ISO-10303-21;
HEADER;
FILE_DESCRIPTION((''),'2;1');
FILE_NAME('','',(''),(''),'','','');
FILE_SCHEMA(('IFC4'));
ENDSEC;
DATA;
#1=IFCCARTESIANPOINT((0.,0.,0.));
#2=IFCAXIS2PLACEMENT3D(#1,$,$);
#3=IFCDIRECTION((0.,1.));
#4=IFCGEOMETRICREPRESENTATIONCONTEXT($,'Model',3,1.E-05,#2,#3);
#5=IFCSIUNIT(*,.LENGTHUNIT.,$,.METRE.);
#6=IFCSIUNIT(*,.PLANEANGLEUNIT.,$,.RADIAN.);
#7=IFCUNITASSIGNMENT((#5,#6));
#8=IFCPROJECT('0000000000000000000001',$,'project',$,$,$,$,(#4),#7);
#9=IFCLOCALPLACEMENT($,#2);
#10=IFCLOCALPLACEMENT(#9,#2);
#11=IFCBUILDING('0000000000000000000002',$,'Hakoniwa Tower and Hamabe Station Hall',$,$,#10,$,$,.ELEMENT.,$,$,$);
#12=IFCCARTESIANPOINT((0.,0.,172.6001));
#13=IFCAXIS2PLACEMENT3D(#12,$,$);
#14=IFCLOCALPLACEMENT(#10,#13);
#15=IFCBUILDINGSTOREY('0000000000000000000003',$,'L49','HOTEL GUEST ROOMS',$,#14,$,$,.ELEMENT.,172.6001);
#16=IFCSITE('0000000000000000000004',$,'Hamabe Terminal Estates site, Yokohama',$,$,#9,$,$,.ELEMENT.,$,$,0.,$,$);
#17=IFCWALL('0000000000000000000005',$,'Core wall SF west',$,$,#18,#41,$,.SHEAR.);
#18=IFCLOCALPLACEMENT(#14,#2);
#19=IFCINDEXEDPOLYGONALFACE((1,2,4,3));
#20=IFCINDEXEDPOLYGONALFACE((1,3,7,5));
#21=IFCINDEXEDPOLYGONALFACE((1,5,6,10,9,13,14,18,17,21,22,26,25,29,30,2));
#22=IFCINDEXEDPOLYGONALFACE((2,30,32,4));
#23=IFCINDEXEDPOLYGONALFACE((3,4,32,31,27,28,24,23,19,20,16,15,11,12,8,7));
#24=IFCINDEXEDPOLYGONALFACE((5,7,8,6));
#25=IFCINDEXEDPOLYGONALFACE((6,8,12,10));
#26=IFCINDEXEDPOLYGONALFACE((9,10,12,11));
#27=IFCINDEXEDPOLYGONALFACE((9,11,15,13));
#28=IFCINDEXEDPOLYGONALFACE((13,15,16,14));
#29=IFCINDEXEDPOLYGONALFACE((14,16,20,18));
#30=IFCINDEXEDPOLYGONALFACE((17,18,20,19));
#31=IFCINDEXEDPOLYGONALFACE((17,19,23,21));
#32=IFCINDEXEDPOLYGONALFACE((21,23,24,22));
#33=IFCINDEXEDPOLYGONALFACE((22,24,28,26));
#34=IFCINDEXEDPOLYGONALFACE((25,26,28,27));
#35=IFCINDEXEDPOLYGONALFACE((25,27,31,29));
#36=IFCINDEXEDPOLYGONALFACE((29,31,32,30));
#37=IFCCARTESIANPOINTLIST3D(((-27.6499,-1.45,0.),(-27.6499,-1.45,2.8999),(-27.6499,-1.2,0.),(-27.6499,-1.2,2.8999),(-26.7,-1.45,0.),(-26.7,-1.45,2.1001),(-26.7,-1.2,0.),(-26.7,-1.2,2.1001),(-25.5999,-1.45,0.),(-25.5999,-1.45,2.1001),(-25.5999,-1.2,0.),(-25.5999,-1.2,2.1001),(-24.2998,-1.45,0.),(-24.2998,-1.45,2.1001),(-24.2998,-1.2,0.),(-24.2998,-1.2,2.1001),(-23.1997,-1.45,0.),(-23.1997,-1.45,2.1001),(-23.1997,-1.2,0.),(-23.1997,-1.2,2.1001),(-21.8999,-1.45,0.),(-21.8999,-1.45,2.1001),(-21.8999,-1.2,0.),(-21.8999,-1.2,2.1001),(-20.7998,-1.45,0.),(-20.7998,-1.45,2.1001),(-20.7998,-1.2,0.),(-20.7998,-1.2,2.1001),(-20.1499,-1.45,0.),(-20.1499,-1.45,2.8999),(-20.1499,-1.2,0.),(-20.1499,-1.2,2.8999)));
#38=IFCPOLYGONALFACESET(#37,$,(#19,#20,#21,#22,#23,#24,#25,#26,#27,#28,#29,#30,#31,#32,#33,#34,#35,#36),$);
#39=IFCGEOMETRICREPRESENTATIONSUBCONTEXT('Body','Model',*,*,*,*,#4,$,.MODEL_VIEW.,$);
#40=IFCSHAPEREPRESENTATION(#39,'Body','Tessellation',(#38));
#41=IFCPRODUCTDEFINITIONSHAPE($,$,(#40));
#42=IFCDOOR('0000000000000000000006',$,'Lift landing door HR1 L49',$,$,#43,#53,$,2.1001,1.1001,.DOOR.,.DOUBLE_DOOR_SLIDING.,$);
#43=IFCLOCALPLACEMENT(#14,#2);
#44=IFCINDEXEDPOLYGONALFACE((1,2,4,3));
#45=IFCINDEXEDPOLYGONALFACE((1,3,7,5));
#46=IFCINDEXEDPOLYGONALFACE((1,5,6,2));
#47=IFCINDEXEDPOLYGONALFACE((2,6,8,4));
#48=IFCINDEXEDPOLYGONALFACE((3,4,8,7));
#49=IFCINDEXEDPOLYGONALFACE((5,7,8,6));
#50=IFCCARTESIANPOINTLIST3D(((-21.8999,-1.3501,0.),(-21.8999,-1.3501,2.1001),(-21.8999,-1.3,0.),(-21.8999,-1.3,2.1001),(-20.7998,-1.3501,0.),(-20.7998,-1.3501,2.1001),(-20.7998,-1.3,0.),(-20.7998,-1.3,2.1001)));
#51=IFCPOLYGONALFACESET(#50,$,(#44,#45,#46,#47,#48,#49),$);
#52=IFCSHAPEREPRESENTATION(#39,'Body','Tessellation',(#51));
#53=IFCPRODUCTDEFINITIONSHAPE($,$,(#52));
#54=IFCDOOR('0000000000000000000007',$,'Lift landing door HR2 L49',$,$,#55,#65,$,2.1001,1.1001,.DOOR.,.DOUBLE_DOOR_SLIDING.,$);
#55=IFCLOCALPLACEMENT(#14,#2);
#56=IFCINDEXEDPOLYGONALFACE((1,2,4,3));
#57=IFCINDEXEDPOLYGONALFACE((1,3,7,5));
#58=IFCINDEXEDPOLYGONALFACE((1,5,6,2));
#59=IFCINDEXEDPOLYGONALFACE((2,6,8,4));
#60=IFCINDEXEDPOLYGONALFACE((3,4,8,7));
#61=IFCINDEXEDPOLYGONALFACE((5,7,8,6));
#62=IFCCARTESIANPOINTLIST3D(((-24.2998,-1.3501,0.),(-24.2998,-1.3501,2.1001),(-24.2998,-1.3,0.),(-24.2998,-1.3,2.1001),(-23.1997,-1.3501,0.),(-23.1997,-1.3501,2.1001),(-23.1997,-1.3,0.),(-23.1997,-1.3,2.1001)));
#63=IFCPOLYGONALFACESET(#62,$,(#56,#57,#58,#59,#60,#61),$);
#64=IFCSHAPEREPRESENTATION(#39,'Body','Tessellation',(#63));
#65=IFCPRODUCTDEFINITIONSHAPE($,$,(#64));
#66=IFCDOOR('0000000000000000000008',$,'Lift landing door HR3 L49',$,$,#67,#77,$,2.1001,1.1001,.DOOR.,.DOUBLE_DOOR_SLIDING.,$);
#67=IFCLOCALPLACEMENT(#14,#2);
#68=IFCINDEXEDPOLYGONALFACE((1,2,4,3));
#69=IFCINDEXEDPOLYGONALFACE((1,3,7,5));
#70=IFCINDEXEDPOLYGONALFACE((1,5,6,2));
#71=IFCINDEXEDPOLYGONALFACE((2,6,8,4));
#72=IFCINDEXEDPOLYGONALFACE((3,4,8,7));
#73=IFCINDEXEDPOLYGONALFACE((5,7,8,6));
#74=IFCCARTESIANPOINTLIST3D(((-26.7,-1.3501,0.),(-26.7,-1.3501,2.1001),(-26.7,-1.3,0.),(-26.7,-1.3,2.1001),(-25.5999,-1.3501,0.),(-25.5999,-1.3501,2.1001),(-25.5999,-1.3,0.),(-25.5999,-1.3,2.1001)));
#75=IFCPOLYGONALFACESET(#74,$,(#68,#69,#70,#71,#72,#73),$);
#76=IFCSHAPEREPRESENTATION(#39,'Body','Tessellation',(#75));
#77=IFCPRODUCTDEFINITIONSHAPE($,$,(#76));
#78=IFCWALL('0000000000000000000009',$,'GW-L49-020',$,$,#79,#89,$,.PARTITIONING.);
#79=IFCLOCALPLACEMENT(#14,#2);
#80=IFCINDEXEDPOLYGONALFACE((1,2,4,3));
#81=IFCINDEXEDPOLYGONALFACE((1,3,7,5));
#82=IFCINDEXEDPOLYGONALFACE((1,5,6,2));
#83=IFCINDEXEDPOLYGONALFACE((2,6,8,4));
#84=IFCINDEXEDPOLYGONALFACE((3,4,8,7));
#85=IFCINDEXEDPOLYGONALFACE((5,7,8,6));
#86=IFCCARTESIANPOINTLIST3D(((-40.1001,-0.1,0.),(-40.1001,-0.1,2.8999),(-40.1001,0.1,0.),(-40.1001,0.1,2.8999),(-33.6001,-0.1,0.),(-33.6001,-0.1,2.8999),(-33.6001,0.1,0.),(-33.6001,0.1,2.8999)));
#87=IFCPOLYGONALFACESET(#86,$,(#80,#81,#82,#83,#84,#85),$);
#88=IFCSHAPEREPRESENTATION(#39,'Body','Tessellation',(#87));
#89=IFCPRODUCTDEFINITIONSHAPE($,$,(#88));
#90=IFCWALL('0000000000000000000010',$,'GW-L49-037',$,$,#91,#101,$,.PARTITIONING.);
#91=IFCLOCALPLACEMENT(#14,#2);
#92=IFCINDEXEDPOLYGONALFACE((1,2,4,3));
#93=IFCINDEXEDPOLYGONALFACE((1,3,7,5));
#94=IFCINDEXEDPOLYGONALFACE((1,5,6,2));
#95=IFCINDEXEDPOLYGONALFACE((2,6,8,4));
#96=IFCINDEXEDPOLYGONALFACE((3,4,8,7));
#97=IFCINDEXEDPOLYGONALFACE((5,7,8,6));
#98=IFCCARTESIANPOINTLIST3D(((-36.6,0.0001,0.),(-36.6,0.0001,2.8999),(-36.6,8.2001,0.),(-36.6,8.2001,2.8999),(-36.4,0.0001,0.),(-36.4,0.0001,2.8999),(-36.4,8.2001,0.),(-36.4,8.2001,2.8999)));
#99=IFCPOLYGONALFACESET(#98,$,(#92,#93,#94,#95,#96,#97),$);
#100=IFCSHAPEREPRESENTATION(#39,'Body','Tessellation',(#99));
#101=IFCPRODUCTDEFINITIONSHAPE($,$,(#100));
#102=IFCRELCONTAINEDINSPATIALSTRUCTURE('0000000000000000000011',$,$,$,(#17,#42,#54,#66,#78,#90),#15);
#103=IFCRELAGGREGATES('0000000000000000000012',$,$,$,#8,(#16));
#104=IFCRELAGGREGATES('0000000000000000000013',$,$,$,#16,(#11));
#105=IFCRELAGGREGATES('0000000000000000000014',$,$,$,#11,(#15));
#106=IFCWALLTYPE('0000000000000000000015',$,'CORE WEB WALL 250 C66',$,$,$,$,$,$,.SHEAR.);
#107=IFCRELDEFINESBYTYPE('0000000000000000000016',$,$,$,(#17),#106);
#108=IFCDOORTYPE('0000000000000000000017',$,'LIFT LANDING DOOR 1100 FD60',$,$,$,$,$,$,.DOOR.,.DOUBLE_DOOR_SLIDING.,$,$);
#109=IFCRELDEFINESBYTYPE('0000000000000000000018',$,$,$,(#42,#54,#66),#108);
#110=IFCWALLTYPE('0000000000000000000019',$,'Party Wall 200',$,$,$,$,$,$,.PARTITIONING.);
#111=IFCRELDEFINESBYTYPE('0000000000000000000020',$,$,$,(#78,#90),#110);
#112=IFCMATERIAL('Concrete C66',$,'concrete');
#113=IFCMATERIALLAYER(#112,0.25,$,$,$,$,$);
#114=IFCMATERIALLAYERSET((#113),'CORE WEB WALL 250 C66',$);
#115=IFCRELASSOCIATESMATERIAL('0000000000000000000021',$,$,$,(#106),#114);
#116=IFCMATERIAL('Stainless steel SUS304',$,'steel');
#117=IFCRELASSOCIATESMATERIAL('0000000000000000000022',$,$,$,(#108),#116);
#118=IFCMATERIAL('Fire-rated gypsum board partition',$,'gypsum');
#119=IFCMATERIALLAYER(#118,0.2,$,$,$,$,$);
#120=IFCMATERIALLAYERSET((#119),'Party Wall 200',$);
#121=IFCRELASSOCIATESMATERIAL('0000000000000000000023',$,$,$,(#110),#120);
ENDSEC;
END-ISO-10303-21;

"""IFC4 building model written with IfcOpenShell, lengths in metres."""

from ifc_helpers import new_model, si_unit, direction, frame, frame_2d, origin, place, context, subcontext, project, spatial, rectangle, extrude, material, layer, layer_set, type_object, element, fill, save


model = new_model("IFC4")

# Units and contexts
model_context = context("Model", 3, precision=1e-05, world=origin(), true_north=direction((0.0, 1.0)))
body_context = subcontext(model_context, "Body", "Model", "MODEL_VIEW")
ifc_project = project(units=[si_unit("LENGTHUNIT", "METRE"), si_unit("PLANEANGLEUNIT", "RADIAN")], contexts=[model_context])

# Site, building, storey
site_placement = place(None, origin())
site = spatial("IfcSite", under=ifc_project, at=site_placement, Name="Hamabe Terminal Estates site, Yokohama", CompositionType="ELEMENT", RefElevation=0.0)
building_placement = place(site_placement, origin())
building = spatial("IfcBuilding", under=site, at=building_placement, Name="Hakoniwa Tower and Hamabe Station Hall", CompositionType="ELEMENT")
storey_placement = place(building_placement, frame((0.0, 0.0, 172.6001)))
storey = spatial("IfcBuildingStorey", under=building, at=storey_placement, Name="L49", Description="HOTEL GUEST ROOMS", CompositionType="ELEMENT", Elevation=172.6001)

# Shared definitions
ifc_material_1 = material(Name="Concrete C66", Category="concrete")
ifc_layer_1 = layer(ifc_material_1, 0.25)
ifc_layer_set_1 = layer_set([ifc_layer_1], Name="CORE WEB WALL 250 C66")
wall_type_1 = type_object("IfcWallType", Name="CORE WEB WALL 250 C66", PredefinedType="SHEAR", material=ifc_layer_set_1)

# Shared definitions
ifc_material_2 = material(Name="Stainless steel SUS304", Category="steel")
door_type_1 = type_object("IfcDoorType", Name="LIFT LANDING DOOR 1100 FD60", OperationType="DOUBLE_DOOR_SLIDING", PredefinedType="DOOR", material=ifc_material_2)

# Wall, openings, doors
wall_1_placement = place(storey_placement, frame((-27.6499, -1.325, 0.0), z_axis=(0.0, 0.0, 1.0), x_axis=(1.0, 0.0, 0.0)))
wall_1 = element("IfcWall", 1, at=wall_1_placement, inside=storey, type_object=wall_type_1, Name="Core wall SF west", PredefinedType="SHEAR", context=body_context, shape_type="SweptSolid", body=[
    extrude(rectangle(XDim=7.5, YDim=0.25, at=frame_2d((3.75, 0.0))), origin(), (0.0, 0.0, 1.0), 2.8999),
])
opening_1_placement = place(wall_1_placement, frame((5.75, 0.0, 0.0)))
opening_1 = element("IfcOpeningElement", 2, at=opening_1_placement, cuts=wall_1, PredefinedType="OPENING", context=body_context, shape_type="SweptSolid", body=[
    extrude(rectangle(XDim=1.1001, YDim=2.1001, at=frame_2d((0.55, 1.05))), frame((0.0, 0.135, 0.0), z_axis=(0.0, -1.0, 0.0), x_axis=(1.0, 0.0, 0.0)), (0.0, 0.0, 1.0), 0.27),
])
opening_2_placement = place(wall_1_placement, frame((3.3501, 0.0, 0.0)))
opening_2 = element("IfcOpeningElement", 3, at=opening_2_placement, cuts=wall_1, PredefinedType="OPENING", context=body_context, shape_type="SweptSolid", body=[
    extrude(rectangle(XDim=1.1001, YDim=2.1001, at=frame_2d((0.55, 1.05))), frame((0.0, 0.135, 0.0), z_axis=(0.0, -1.0, 0.0), x_axis=(1.0, 0.0, 0.0)), (0.0, 0.0, 1.0), 0.27),
])
opening_3_placement = place(wall_1_placement, frame((0.95, 0.0, 0.0)))
opening_3 = element("IfcOpeningElement", 4, at=opening_3_placement, cuts=wall_1, PredefinedType="OPENING", context=body_context, shape_type="SweptSolid", body=[
    extrude(rectangle(XDim=1.1001, YDim=2.1001, at=frame_2d((0.55, 1.05))), frame((0.0, 0.135, 0.0), z_axis=(0.0, -1.0, 0.0), x_axis=(1.0, 0.0, 0.0)), (0.0, 0.0, 1.0), 0.27),
])
door_1_placement = place(opening_1_placement, origin())
door_1 = element("IfcDoor", 5, at=door_1_placement, inside=storey, type_object=door_type_1, Name="Lift landing door HR1 L49", OperationType="DOUBLE_DOOR_SLIDING", OverallHeight=2.1001, OverallWidth=1.1001, PredefinedType="DOOR", context=body_context, shape_type="SweptSolid", body=[
    extrude(rectangle(XDim=1.1001, YDim=2.1001, at=frame_2d((0.55, 1.05))), frame((0.0, 0.0249, 0.0), z_axis=(0.0, -1.0, 0.0), x_axis=(1.0, 0.0, 0.0)), (0.0, 0.0, 1.0), 0.05),
])
fill(opening_1, door_1)
door_2_placement = place(opening_2_placement, origin())
door_2 = element("IfcDoor", 6, at=door_2_placement, inside=storey, type_object=door_type_1, Name="Lift landing door HR2 L49", OperationType="DOUBLE_DOOR_SLIDING", OverallHeight=2.1001, OverallWidth=1.1001, PredefinedType="DOOR", context=body_context, shape_type="SweptSolid", body=[
    extrude(rectangle(XDim=1.1001, YDim=2.1001, at=frame_2d((0.55, 1.05))), frame((0.0, 0.0249, 0.0), z_axis=(0.0, -1.0, 0.0), x_axis=(1.0, 0.0, 0.0)), (0.0, 0.0, 1.0), 0.05),
])
fill(opening_2, door_2)
door_3_placement = place(opening_3_placement, origin())
door_3 = element("IfcDoor", 7, at=door_3_placement, inside=storey, type_object=door_type_1, Name="Lift landing door HR3 L49", OperationType="DOUBLE_DOOR_SLIDING", OverallHeight=2.1001, OverallWidth=1.1001, PredefinedType="DOOR", context=body_context, shape_type="SweptSolid", body=[
    extrude(rectangle(XDim=1.1001, YDim=2.1001, at=frame_2d((0.55, 1.05))), frame((0.0, 0.0249, 0.0), z_axis=(0.0, -1.0, 0.0), x_axis=(1.0, 0.0, 0.0)), (0.0, 0.0, 1.0), 0.05),
])
fill(opening_3, door_3)

# Walls
ifc_material_3 = material(Name="Fire-rated gypsum board partition", Category="gypsum")
ifc_layer_2 = layer(ifc_material_3, 0.2)
ifc_layer_set_2 = layer_set([ifc_layer_2], Name="Party Wall 200")
wall_type_2 = type_object("IfcWallType", Name="Party Wall 200", PredefinedType="PARTITIONING", material=ifc_layer_set_2)
wall_2_placement = place(storey_placement, frame((-40.1001, 0.0, 0.0), z_axis=(0.0, 0.0, 1.0), x_axis=(1.0, 0.0, 0.0)))
element("IfcWall", 8, at=wall_2_placement, inside=storey, type_object=wall_type_2, Name="GW-L49-020", PredefinedType="PARTITIONING", context=body_context, shape_type="SweptSolid", body=[
    extrude(rectangle(XDim=6.5, YDim=0.2, at=frame_2d((3.25, 0.0))), origin(), (0.0, 0.0, 1.0), 2.8999),
])
wall_3_placement = place(storey_placement, frame((-36.5, 0.0, 0.0), z_axis=(0.0, 0.0, 1.0), x_axis=(0.0, 1.0, 0.0)))
element("IfcWall", 9, at=wall_3_placement, inside=storey, type_object=wall_type_2, Name="GW-L49-037", PredefinedType="PARTITIONING", context=body_context, shape_type="SweptSolid", body=[
    extrude(rectangle(XDim=8.2, YDim=0.2, at=frame_2d((4.1001, 0.0))), origin(), (0.0, 0.0, 1.0), 2.8999),
])

save(model, "model.ifc")
